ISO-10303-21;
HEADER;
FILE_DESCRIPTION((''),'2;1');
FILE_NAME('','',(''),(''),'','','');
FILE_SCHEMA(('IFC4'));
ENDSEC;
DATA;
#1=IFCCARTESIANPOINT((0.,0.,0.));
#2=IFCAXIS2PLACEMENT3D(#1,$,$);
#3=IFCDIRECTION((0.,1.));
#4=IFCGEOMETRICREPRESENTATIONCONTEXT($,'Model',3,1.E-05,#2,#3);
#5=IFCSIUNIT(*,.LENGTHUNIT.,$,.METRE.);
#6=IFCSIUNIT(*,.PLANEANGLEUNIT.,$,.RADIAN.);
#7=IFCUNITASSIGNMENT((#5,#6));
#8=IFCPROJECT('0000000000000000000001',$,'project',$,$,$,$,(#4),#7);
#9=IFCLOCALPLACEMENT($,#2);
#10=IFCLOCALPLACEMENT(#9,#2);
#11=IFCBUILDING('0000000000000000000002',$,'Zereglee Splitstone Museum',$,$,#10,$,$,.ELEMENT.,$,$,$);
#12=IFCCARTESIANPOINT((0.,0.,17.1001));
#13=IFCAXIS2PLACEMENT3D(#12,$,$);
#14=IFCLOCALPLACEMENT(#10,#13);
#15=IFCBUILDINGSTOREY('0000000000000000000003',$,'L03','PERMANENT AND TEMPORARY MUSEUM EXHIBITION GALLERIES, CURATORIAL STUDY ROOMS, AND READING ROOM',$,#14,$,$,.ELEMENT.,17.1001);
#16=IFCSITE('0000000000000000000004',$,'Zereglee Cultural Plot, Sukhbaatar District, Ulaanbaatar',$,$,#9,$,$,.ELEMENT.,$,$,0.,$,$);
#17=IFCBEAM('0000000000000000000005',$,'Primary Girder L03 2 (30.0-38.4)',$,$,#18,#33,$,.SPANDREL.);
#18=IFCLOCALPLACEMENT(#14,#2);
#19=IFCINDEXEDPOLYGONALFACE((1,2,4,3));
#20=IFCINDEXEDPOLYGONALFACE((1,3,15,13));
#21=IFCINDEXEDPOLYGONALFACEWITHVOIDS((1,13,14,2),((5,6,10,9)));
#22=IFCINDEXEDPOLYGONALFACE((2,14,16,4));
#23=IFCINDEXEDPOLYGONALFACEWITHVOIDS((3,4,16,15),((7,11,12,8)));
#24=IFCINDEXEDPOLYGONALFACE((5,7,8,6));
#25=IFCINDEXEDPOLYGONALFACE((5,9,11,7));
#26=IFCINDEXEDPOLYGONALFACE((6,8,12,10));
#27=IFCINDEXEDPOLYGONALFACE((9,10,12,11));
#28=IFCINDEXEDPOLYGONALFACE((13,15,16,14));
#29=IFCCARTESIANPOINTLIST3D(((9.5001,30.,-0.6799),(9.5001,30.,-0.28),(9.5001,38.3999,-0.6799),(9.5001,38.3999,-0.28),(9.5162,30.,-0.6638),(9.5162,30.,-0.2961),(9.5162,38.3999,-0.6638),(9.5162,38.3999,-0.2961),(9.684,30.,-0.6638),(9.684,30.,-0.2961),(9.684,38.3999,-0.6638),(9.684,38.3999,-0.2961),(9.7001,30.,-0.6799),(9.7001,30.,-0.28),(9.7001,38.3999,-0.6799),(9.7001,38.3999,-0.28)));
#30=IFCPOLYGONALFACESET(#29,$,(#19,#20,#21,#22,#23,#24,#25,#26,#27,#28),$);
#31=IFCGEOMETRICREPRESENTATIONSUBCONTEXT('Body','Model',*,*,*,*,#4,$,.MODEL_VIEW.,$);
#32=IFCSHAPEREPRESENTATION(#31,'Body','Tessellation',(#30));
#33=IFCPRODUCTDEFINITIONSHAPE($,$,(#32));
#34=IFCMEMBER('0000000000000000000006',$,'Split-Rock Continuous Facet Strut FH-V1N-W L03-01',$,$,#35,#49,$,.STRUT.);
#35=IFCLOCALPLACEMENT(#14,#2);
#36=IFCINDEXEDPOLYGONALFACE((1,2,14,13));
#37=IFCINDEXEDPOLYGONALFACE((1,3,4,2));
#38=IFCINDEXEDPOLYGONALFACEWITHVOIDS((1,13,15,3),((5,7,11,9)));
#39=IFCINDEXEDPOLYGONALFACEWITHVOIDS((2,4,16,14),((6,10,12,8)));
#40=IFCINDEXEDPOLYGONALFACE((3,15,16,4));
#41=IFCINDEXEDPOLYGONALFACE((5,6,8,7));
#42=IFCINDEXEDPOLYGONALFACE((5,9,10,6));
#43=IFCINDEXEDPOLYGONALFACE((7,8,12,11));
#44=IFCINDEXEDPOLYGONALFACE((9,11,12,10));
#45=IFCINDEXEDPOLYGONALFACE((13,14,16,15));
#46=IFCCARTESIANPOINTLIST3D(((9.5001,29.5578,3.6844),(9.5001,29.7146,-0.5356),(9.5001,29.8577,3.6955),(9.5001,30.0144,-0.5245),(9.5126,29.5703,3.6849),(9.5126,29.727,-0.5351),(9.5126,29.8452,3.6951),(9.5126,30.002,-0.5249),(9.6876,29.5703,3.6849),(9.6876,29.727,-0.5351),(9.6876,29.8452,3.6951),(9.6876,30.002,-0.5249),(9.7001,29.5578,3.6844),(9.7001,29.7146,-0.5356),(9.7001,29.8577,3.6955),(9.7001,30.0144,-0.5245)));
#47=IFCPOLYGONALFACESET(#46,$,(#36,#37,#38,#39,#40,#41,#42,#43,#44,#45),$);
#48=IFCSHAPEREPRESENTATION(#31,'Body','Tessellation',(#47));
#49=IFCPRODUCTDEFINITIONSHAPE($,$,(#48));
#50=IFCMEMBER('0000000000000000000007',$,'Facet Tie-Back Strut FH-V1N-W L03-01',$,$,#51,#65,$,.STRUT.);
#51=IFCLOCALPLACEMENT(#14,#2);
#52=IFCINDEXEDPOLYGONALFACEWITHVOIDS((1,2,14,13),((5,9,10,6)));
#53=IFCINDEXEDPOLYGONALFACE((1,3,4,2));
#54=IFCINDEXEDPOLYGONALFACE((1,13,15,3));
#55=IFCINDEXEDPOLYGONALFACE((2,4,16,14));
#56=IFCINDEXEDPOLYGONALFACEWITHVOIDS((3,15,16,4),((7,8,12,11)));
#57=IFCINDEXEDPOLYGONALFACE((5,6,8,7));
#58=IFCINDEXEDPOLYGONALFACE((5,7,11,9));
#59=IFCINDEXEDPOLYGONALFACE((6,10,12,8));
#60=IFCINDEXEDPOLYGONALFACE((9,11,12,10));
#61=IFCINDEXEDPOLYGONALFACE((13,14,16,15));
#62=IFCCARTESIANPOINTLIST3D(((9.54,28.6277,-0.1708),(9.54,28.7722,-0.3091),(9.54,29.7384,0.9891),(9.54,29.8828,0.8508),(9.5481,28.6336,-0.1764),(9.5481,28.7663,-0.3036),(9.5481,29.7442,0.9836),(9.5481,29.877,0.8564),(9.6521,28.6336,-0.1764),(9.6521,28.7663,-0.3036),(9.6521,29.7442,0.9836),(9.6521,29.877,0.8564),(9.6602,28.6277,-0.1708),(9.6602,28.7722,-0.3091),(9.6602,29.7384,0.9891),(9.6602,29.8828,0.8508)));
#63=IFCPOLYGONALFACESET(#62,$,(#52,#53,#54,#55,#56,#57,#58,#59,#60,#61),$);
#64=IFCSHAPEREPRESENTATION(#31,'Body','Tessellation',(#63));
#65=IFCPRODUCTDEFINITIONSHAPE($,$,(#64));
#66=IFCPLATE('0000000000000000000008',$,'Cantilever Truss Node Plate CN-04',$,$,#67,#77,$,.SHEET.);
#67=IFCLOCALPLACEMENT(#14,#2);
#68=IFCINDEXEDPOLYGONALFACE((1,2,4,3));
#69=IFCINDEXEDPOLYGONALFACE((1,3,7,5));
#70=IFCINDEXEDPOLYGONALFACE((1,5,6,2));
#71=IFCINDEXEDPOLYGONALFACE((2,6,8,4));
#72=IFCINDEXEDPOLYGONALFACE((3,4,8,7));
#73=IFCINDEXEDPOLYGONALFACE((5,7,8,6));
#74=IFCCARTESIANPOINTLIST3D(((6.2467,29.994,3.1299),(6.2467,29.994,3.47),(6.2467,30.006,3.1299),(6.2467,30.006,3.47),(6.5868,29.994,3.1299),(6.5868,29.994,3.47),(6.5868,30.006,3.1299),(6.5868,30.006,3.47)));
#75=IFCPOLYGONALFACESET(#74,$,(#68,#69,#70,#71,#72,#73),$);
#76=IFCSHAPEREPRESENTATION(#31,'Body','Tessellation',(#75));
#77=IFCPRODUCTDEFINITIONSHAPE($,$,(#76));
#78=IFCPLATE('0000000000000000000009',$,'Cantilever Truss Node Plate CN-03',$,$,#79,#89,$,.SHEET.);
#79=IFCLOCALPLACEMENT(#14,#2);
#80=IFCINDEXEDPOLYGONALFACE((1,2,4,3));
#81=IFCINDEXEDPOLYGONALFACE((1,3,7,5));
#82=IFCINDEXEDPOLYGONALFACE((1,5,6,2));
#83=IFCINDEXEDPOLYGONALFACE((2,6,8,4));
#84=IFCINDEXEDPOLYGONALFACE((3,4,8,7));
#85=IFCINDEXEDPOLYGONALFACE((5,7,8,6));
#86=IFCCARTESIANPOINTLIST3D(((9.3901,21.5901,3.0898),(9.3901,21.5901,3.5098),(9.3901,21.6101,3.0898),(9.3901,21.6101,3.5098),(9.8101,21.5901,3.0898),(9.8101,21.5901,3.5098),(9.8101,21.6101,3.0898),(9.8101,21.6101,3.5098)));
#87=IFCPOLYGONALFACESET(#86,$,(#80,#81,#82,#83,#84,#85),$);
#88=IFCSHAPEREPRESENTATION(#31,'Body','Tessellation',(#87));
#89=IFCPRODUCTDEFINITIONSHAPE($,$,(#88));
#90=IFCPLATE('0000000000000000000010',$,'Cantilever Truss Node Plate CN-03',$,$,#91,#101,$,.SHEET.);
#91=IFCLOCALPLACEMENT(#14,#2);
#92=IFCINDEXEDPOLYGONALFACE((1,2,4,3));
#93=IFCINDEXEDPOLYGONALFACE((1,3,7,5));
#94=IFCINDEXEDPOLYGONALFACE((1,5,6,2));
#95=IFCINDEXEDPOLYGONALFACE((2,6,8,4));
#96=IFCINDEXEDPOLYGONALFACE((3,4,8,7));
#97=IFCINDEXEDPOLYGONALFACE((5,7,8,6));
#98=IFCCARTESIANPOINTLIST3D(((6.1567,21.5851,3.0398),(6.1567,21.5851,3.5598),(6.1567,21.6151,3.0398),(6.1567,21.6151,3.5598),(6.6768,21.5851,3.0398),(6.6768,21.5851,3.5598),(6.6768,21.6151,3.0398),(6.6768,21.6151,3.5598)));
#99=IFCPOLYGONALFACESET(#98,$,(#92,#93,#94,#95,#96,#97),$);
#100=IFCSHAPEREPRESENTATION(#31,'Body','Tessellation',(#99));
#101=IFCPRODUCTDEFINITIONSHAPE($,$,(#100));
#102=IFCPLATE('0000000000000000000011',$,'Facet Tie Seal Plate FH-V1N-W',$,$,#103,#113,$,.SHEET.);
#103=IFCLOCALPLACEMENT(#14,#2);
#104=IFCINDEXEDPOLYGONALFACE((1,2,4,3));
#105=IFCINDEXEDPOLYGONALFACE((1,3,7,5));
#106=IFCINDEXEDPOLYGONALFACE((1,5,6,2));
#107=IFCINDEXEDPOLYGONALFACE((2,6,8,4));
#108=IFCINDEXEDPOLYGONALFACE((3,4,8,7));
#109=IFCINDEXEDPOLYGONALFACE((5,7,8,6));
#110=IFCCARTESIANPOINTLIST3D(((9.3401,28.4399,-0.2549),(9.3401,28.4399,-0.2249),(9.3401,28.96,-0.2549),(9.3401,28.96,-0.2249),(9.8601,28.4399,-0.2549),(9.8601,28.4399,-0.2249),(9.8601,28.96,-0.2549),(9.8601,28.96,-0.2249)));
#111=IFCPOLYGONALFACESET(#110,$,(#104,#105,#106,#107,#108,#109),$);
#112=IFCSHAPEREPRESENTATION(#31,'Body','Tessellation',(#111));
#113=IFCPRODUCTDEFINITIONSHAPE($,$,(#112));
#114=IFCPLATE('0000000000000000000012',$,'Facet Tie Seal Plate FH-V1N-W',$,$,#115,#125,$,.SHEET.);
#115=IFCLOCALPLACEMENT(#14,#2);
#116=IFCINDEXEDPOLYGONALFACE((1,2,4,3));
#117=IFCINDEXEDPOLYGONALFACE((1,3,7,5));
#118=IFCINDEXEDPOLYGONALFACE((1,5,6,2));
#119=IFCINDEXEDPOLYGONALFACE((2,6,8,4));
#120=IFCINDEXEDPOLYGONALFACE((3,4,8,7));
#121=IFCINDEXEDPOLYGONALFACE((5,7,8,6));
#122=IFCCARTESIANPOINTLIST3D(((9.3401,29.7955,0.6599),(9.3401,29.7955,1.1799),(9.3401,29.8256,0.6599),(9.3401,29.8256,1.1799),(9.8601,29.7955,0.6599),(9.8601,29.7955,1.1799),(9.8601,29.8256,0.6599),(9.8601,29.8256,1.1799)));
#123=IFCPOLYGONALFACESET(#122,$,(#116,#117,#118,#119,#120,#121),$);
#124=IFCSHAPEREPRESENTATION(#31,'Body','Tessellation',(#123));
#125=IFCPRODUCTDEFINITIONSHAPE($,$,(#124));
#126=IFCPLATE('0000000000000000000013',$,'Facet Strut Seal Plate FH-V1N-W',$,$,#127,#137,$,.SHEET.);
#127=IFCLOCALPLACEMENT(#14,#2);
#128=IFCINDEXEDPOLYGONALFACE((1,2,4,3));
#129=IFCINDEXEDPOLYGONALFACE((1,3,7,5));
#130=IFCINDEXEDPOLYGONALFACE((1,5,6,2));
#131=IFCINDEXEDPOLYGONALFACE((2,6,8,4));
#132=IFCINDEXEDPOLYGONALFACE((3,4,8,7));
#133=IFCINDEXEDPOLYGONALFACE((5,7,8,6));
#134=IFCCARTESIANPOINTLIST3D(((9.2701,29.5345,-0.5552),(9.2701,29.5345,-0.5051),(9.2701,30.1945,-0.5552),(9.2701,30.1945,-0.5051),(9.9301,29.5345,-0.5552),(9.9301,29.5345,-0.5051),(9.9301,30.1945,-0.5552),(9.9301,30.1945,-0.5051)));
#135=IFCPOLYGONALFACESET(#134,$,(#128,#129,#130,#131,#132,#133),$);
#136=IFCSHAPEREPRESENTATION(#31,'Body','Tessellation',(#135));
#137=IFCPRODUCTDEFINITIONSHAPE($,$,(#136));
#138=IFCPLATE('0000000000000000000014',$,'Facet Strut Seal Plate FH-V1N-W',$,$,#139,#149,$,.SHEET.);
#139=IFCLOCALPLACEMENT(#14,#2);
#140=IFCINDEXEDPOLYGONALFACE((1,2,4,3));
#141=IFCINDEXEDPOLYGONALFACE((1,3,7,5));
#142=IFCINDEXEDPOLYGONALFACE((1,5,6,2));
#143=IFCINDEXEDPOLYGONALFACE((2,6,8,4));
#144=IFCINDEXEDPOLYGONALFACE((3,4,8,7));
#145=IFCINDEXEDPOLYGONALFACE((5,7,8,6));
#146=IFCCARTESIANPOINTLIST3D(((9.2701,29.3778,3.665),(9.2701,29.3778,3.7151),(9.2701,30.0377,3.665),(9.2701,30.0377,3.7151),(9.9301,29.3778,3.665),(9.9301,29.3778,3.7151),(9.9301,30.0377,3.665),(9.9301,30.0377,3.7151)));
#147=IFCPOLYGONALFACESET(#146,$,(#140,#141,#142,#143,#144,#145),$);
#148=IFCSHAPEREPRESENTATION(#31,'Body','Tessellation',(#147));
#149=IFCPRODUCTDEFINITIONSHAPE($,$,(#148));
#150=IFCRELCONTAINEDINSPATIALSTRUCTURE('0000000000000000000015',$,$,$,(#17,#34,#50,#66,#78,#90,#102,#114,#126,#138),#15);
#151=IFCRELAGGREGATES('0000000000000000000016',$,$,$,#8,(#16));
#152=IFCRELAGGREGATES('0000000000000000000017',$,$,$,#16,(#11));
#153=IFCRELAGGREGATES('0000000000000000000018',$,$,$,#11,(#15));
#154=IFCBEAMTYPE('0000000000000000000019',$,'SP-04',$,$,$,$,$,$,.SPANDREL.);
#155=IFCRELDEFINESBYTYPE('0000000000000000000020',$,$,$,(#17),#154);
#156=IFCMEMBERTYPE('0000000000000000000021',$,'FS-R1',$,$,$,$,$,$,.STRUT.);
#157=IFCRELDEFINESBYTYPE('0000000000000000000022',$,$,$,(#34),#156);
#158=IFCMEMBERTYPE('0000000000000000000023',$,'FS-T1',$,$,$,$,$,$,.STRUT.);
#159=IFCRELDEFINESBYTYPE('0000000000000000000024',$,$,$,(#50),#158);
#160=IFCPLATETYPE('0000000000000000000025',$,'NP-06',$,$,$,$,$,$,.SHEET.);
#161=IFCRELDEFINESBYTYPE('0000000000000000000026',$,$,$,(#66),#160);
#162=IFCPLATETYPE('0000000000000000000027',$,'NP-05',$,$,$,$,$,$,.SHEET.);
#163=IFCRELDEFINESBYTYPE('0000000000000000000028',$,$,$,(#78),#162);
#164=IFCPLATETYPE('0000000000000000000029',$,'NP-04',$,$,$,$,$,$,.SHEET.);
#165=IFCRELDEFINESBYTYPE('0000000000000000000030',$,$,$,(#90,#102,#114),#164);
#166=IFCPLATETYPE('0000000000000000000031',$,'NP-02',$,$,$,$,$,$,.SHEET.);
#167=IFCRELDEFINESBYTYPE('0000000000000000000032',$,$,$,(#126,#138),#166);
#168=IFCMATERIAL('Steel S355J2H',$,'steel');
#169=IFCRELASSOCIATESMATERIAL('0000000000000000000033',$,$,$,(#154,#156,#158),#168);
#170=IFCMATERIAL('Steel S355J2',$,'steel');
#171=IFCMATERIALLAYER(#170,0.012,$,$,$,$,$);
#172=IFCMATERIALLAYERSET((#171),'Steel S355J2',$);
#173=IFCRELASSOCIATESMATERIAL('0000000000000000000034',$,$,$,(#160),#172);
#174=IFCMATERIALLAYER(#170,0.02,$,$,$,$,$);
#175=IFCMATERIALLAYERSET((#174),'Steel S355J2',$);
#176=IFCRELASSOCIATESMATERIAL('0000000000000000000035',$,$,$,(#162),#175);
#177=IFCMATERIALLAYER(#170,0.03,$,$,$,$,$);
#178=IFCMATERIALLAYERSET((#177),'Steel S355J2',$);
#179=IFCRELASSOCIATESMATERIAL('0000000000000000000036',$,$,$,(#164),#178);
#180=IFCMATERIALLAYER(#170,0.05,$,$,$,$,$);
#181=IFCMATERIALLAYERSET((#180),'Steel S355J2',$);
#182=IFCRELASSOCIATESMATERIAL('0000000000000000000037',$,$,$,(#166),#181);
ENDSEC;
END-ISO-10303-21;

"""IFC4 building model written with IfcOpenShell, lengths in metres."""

from ifc_helpers import new_model, si_unit, direction, frame, origin, origin_2d, place, context, subcontext, project, spatial, rectangle, hollow_rectangle, extrude, material, layer, layer_set, material_profile, profile_set, type_object, element, save


model = new_model("IFC4")

# Units and contexts
model_context = context("Model", 3, precision=1e-05, world=origin(), true_north=direction((0.0, 1.0)))
body_context = subcontext(model_context, "Body", "Model", "MODEL_VIEW")
ifc_project = project(units=[si_unit("LENGTHUNIT", "METRE"), si_unit("PLANEANGLEUNIT", "RADIAN")], contexts=[model_context])

# Site, building, storey
site_placement = place(None, origin())
site = spatial("IfcSite", under=ifc_project, at=site_placement, Name="Zereglee Cultural Plot, Sukhbaatar District, Ulaanbaatar", CompositionType="ELEMENT", RefElevation=0.0)
building_placement = place(site_placement, origin())
building = spatial("IfcBuilding", under=site, at=building_placement, Name="Zereglee Splitstone Museum", CompositionType="ELEMENT")
storey_placement = place(building_placement, frame((0.0, 0.0, 17.1001)))
storey = spatial("IfcBuildingStorey", under=building, at=storey_placement, Name="L03", Description="PERMANENT AND TEMPORARY MUSEUM EXHIBITION GALLERIES, CURATORIAL STUDY ROOMS, AND READING ROOM", CompositionType="ELEMENT", Elevation=17.1001)

# Shared definitions
ifc_material_1 = material(Name="Steel S355J2H", Category="steel")
ifc_material_2 = material(Name="Steel S355J2", Category="steel")

# Beam
ifc_material_profile_1 = material_profile(ifc_material_1, hollow_rectangle(XDim=0.2, YDim=0.3999, WallThickness=0.0161, at=origin_2d()), Name="RHS 400x200x16")
ifc_profile_set_1 = profile_set([ifc_material_profile_1], Name="Steel S355J2H")
beam_type_1 = type_object("IfcBeamType", Name="SP-04", PredefinedType="SPANDREL", material=ifc_profile_set_1)
beam_1_placement = place(storey_placement, frame((9.6001, 30.0, -0.48), z_axis=(0.0, 1.0, 0.0), x_axis=(-1.0, 0.0, 0.0)))
element("IfcBeam", 1, at=beam_1_placement, inside=storey, type_object=beam_type_1, Name="Primary Girder L03 2 (30.0-38.4)", PredefinedType="SPANDREL", context=body_context, shape_type="SweptSolid", body=[
    extrude(hollow_rectangle(XDim=0.2, YDim=0.3999, WallThickness=0.0161, at=origin_2d()), origin(), (0.0, 0.0, 1.0), 8.3999),
])

# Members
ifc_material_profile_2 = material_profile(ifc_material_1, hollow_rectangle(XDim=0.2, YDim=0.3, WallThickness=0.0125, at=origin_2d()), Name="RHS 300x200x12.5")
ifc_profile_set_2 = profile_set([ifc_material_profile_2], Name="Steel S355J2H")
member_type_1 = type_object("IfcMemberType", Name="FS-R1", PredefinedType="STRUT", material=ifc_profile_set_2)
member_1_placement = place(storey_placement, frame((9.6001, 29.8645, -0.53), z_axis=(0.0, -0.037116, 0.999311), x_axis=(1.0, 0.0, 0.0)))
element("IfcMember", 2, at=member_1_placement, inside=storey, type_object=member_type_1, Name="Split-Rock Continuous Facet Strut FH-V1N-W L03-01", PredefinedType="STRUT", context=body_context, shape_type="SweptSolid", body=[
    extrude(hollow_rectangle(XDim=0.2, YDim=0.3, WallThickness=0.0125, at=origin_2d()), origin(), (0.0, 0.0, 1.0), 4.2229),
])
ifc_material_profile_3 = material_profile(ifc_material_1, hollow_rectangle(XDim=0.1201, YDim=0.2, WallThickness=0.0081, at=origin_2d()), Name="RHS 200x120x8")
ifc_profile_set_3 = profile_set([ifc_material_profile_3], Name="Steel S355J2H")
member_type_2 = type_object("IfcMemberType", Name="FS-T1", PredefinedType="STRUT", material=ifc_profile_set_3)
member_2_placement = place(storey_placement, frame((9.6001, 28.7, -0.24), z_axis=(0.0, 0.691585, 0.722295), x_axis=(-1.0, 0.0, 0.0)))
element("IfcMember", 3, at=member_2_placement, inside=storey, type_object=member_type_2, Name="Facet Tie-Back Strut FH-V1N-W L03-01", PredefinedType="STRUT", context=body_context, shape_type="SweptSolid", body=[
    extrude(hollow_rectangle(XDim=0.1201, YDim=0.2, WallThickness=0.0081, at=origin_2d()), origin(), (0.0, 0.0, 1.0), 1.606),
])

# Plates
ifc_layer_1 = layer(ifc_material_2, 0.012)
ifc_layer_set_1 = layer_set([ifc_layer_1], Name="Steel S355J2")
plate_type_1 = type_object("IfcPlateType", Name="NP-06", PredefinedType="SHEET", material=ifc_layer_set_1)
plate_1_placement = place(storey_placement, frame((6.4167, 30.0, 3.1299), z_axis=(0.0, 0.0, 1.0), x_axis=(1.0, 0.0, 0.0)))
element("IfcPlate", 4, at=plate_1_placement, inside=storey, type_object=plate_type_1, Name="Cantilever Truss Node Plate CN-04", PredefinedType="SHEET", context=body_context, shape_type="SweptSolid", body=[
    extrude(rectangle(XDim=0.3401, YDim=0.012, at=origin_2d()), origin(), (0.0, 0.0, 1.0), 0.3401),
])
ifc_layer_2 = layer(ifc_material_2, 0.02)
ifc_layer_set_2 = layer_set([ifc_layer_2], Name="Steel S355J2")
plate_type_2 = type_object("IfcPlateType", Name="NP-05", PredefinedType="SHEET", material=ifc_layer_set_2)
plate_2_placement = place(storey_placement, frame((9.6001, 21.6001, 3.0898), z_axis=(0.0, 0.0, 1.0), x_axis=(1.0, 0.0, 0.0)))
element("IfcPlate", 5, at=plate_2_placement, inside=storey, type_object=plate_type_2, Name="Cantilever Truss Node Plate CN-03", PredefinedType="SHEET", context=body_context, shape_type="SweptSolid", body=[
    extrude(rectangle(XDim=0.4199, YDim=0.02, at=origin_2d()), origin(), (0.0, 0.0, 1.0), 0.4199),
])
ifc_layer_3 = layer(ifc_material_2, 0.03)
ifc_layer_set_3 = layer_set([ifc_layer_3], Name="Steel S355J2")
plate_type_3 = type_object("IfcPlateType", Name="NP-04", PredefinedType="SHEET", material=ifc_layer_set_3)
plate_3_placement = place(storey_placement, frame((6.4167, 21.6001, 3.0398), z_axis=(0.0, 0.0, 1.0), x_axis=(1.0, 0.0, 0.0)))
element("IfcPlate", 6, at=plate_3_placement, inside=storey, type_object=plate_type_3, Name="Cantilever Truss Node Plate CN-03", PredefinedType="SHEET", context=body_context, shape_type="SweptSolid", body=[
    extrude(rectangle(XDim=0.52, YDim=0.03, at=origin_2d()), origin(), (0.0, 0.0, 1.0), 0.52),
])
plate_4_placement = place(storey_placement, frame((9.6001, 28.7, -0.2549), z_axis=(0.0, 0.0, 1.0), x_axis=(1.0, 0.0, 0.0)))
element("IfcPlate", 7, at=plate_4_placement, inside=storey, type_object=plate_type_3, Name="Facet Tie Seal Plate FH-V1N-W", PredefinedType="SHEET", context=body_context, shape_type="SweptSolid", body=[
    extrude(rectangle(XDim=0.52, YDim=0.52, at=origin_2d()), origin(), (0.0, 0.0, 1.0), 0.03),
])
plate_5_placement = place(storey_placement, frame((9.6001, 29.8105, 0.6599), z_axis=(0.0, 0.0, 1.0), x_axis=(1.0, 0.0, 0.0)))
element("IfcPlate", 8, at=plate_5_placement, inside=storey, type_object=plate_type_3, Name="Facet Tie Seal Plate FH-V1N-W", PredefinedType="SHEET", context=body_context, shape_type="SweptSolid", body=[
    extrude(rectangle(XDim=0.52, YDim=0.03, at=origin_2d()), origin(), (0.0, 0.0, 1.0), 0.52),
])
ifc_layer_4 = layer(ifc_material_2, 0.05)
ifc_layer_set_4 = layer_set([ifc_layer_4], Name="Steel S355J2")
plate_type_4 = type_object("IfcPlateType", Name="NP-02", PredefinedType="SHEET", material=ifc_layer_set_4)
for number, where, z_axis, x_axis, name in (
    (9, (9.6001, 29.8645, -0.5552), (0.0, 0.0, 1.0), (1.0, 0.0, 0.0), "Facet Strut Seal Plate FH-V1N-W"),
    (10, (9.6001, 29.7078, 3.665), (0.0, 0.0, 1.0), (1.0, 0.0, 0.0), "Facet Strut Seal Plate FH-V1N-W"),
):
    element("IfcPlate", number, at=place(storey_placement, frame(where, z_axis=z_axis, x_axis=x_axis)), inside=storey, type_object=plate_type_4, Name=name, PredefinedType="SHEET", context=body_context, shape_type="SweptSolid", body=[
        extrude(rectangle(XDim=0.6599, YDim=0.6599, at=origin_2d()), origin(), (0.0, 0.0, 1.0), 0.05),
    ])

save(model, "model.ifc")
